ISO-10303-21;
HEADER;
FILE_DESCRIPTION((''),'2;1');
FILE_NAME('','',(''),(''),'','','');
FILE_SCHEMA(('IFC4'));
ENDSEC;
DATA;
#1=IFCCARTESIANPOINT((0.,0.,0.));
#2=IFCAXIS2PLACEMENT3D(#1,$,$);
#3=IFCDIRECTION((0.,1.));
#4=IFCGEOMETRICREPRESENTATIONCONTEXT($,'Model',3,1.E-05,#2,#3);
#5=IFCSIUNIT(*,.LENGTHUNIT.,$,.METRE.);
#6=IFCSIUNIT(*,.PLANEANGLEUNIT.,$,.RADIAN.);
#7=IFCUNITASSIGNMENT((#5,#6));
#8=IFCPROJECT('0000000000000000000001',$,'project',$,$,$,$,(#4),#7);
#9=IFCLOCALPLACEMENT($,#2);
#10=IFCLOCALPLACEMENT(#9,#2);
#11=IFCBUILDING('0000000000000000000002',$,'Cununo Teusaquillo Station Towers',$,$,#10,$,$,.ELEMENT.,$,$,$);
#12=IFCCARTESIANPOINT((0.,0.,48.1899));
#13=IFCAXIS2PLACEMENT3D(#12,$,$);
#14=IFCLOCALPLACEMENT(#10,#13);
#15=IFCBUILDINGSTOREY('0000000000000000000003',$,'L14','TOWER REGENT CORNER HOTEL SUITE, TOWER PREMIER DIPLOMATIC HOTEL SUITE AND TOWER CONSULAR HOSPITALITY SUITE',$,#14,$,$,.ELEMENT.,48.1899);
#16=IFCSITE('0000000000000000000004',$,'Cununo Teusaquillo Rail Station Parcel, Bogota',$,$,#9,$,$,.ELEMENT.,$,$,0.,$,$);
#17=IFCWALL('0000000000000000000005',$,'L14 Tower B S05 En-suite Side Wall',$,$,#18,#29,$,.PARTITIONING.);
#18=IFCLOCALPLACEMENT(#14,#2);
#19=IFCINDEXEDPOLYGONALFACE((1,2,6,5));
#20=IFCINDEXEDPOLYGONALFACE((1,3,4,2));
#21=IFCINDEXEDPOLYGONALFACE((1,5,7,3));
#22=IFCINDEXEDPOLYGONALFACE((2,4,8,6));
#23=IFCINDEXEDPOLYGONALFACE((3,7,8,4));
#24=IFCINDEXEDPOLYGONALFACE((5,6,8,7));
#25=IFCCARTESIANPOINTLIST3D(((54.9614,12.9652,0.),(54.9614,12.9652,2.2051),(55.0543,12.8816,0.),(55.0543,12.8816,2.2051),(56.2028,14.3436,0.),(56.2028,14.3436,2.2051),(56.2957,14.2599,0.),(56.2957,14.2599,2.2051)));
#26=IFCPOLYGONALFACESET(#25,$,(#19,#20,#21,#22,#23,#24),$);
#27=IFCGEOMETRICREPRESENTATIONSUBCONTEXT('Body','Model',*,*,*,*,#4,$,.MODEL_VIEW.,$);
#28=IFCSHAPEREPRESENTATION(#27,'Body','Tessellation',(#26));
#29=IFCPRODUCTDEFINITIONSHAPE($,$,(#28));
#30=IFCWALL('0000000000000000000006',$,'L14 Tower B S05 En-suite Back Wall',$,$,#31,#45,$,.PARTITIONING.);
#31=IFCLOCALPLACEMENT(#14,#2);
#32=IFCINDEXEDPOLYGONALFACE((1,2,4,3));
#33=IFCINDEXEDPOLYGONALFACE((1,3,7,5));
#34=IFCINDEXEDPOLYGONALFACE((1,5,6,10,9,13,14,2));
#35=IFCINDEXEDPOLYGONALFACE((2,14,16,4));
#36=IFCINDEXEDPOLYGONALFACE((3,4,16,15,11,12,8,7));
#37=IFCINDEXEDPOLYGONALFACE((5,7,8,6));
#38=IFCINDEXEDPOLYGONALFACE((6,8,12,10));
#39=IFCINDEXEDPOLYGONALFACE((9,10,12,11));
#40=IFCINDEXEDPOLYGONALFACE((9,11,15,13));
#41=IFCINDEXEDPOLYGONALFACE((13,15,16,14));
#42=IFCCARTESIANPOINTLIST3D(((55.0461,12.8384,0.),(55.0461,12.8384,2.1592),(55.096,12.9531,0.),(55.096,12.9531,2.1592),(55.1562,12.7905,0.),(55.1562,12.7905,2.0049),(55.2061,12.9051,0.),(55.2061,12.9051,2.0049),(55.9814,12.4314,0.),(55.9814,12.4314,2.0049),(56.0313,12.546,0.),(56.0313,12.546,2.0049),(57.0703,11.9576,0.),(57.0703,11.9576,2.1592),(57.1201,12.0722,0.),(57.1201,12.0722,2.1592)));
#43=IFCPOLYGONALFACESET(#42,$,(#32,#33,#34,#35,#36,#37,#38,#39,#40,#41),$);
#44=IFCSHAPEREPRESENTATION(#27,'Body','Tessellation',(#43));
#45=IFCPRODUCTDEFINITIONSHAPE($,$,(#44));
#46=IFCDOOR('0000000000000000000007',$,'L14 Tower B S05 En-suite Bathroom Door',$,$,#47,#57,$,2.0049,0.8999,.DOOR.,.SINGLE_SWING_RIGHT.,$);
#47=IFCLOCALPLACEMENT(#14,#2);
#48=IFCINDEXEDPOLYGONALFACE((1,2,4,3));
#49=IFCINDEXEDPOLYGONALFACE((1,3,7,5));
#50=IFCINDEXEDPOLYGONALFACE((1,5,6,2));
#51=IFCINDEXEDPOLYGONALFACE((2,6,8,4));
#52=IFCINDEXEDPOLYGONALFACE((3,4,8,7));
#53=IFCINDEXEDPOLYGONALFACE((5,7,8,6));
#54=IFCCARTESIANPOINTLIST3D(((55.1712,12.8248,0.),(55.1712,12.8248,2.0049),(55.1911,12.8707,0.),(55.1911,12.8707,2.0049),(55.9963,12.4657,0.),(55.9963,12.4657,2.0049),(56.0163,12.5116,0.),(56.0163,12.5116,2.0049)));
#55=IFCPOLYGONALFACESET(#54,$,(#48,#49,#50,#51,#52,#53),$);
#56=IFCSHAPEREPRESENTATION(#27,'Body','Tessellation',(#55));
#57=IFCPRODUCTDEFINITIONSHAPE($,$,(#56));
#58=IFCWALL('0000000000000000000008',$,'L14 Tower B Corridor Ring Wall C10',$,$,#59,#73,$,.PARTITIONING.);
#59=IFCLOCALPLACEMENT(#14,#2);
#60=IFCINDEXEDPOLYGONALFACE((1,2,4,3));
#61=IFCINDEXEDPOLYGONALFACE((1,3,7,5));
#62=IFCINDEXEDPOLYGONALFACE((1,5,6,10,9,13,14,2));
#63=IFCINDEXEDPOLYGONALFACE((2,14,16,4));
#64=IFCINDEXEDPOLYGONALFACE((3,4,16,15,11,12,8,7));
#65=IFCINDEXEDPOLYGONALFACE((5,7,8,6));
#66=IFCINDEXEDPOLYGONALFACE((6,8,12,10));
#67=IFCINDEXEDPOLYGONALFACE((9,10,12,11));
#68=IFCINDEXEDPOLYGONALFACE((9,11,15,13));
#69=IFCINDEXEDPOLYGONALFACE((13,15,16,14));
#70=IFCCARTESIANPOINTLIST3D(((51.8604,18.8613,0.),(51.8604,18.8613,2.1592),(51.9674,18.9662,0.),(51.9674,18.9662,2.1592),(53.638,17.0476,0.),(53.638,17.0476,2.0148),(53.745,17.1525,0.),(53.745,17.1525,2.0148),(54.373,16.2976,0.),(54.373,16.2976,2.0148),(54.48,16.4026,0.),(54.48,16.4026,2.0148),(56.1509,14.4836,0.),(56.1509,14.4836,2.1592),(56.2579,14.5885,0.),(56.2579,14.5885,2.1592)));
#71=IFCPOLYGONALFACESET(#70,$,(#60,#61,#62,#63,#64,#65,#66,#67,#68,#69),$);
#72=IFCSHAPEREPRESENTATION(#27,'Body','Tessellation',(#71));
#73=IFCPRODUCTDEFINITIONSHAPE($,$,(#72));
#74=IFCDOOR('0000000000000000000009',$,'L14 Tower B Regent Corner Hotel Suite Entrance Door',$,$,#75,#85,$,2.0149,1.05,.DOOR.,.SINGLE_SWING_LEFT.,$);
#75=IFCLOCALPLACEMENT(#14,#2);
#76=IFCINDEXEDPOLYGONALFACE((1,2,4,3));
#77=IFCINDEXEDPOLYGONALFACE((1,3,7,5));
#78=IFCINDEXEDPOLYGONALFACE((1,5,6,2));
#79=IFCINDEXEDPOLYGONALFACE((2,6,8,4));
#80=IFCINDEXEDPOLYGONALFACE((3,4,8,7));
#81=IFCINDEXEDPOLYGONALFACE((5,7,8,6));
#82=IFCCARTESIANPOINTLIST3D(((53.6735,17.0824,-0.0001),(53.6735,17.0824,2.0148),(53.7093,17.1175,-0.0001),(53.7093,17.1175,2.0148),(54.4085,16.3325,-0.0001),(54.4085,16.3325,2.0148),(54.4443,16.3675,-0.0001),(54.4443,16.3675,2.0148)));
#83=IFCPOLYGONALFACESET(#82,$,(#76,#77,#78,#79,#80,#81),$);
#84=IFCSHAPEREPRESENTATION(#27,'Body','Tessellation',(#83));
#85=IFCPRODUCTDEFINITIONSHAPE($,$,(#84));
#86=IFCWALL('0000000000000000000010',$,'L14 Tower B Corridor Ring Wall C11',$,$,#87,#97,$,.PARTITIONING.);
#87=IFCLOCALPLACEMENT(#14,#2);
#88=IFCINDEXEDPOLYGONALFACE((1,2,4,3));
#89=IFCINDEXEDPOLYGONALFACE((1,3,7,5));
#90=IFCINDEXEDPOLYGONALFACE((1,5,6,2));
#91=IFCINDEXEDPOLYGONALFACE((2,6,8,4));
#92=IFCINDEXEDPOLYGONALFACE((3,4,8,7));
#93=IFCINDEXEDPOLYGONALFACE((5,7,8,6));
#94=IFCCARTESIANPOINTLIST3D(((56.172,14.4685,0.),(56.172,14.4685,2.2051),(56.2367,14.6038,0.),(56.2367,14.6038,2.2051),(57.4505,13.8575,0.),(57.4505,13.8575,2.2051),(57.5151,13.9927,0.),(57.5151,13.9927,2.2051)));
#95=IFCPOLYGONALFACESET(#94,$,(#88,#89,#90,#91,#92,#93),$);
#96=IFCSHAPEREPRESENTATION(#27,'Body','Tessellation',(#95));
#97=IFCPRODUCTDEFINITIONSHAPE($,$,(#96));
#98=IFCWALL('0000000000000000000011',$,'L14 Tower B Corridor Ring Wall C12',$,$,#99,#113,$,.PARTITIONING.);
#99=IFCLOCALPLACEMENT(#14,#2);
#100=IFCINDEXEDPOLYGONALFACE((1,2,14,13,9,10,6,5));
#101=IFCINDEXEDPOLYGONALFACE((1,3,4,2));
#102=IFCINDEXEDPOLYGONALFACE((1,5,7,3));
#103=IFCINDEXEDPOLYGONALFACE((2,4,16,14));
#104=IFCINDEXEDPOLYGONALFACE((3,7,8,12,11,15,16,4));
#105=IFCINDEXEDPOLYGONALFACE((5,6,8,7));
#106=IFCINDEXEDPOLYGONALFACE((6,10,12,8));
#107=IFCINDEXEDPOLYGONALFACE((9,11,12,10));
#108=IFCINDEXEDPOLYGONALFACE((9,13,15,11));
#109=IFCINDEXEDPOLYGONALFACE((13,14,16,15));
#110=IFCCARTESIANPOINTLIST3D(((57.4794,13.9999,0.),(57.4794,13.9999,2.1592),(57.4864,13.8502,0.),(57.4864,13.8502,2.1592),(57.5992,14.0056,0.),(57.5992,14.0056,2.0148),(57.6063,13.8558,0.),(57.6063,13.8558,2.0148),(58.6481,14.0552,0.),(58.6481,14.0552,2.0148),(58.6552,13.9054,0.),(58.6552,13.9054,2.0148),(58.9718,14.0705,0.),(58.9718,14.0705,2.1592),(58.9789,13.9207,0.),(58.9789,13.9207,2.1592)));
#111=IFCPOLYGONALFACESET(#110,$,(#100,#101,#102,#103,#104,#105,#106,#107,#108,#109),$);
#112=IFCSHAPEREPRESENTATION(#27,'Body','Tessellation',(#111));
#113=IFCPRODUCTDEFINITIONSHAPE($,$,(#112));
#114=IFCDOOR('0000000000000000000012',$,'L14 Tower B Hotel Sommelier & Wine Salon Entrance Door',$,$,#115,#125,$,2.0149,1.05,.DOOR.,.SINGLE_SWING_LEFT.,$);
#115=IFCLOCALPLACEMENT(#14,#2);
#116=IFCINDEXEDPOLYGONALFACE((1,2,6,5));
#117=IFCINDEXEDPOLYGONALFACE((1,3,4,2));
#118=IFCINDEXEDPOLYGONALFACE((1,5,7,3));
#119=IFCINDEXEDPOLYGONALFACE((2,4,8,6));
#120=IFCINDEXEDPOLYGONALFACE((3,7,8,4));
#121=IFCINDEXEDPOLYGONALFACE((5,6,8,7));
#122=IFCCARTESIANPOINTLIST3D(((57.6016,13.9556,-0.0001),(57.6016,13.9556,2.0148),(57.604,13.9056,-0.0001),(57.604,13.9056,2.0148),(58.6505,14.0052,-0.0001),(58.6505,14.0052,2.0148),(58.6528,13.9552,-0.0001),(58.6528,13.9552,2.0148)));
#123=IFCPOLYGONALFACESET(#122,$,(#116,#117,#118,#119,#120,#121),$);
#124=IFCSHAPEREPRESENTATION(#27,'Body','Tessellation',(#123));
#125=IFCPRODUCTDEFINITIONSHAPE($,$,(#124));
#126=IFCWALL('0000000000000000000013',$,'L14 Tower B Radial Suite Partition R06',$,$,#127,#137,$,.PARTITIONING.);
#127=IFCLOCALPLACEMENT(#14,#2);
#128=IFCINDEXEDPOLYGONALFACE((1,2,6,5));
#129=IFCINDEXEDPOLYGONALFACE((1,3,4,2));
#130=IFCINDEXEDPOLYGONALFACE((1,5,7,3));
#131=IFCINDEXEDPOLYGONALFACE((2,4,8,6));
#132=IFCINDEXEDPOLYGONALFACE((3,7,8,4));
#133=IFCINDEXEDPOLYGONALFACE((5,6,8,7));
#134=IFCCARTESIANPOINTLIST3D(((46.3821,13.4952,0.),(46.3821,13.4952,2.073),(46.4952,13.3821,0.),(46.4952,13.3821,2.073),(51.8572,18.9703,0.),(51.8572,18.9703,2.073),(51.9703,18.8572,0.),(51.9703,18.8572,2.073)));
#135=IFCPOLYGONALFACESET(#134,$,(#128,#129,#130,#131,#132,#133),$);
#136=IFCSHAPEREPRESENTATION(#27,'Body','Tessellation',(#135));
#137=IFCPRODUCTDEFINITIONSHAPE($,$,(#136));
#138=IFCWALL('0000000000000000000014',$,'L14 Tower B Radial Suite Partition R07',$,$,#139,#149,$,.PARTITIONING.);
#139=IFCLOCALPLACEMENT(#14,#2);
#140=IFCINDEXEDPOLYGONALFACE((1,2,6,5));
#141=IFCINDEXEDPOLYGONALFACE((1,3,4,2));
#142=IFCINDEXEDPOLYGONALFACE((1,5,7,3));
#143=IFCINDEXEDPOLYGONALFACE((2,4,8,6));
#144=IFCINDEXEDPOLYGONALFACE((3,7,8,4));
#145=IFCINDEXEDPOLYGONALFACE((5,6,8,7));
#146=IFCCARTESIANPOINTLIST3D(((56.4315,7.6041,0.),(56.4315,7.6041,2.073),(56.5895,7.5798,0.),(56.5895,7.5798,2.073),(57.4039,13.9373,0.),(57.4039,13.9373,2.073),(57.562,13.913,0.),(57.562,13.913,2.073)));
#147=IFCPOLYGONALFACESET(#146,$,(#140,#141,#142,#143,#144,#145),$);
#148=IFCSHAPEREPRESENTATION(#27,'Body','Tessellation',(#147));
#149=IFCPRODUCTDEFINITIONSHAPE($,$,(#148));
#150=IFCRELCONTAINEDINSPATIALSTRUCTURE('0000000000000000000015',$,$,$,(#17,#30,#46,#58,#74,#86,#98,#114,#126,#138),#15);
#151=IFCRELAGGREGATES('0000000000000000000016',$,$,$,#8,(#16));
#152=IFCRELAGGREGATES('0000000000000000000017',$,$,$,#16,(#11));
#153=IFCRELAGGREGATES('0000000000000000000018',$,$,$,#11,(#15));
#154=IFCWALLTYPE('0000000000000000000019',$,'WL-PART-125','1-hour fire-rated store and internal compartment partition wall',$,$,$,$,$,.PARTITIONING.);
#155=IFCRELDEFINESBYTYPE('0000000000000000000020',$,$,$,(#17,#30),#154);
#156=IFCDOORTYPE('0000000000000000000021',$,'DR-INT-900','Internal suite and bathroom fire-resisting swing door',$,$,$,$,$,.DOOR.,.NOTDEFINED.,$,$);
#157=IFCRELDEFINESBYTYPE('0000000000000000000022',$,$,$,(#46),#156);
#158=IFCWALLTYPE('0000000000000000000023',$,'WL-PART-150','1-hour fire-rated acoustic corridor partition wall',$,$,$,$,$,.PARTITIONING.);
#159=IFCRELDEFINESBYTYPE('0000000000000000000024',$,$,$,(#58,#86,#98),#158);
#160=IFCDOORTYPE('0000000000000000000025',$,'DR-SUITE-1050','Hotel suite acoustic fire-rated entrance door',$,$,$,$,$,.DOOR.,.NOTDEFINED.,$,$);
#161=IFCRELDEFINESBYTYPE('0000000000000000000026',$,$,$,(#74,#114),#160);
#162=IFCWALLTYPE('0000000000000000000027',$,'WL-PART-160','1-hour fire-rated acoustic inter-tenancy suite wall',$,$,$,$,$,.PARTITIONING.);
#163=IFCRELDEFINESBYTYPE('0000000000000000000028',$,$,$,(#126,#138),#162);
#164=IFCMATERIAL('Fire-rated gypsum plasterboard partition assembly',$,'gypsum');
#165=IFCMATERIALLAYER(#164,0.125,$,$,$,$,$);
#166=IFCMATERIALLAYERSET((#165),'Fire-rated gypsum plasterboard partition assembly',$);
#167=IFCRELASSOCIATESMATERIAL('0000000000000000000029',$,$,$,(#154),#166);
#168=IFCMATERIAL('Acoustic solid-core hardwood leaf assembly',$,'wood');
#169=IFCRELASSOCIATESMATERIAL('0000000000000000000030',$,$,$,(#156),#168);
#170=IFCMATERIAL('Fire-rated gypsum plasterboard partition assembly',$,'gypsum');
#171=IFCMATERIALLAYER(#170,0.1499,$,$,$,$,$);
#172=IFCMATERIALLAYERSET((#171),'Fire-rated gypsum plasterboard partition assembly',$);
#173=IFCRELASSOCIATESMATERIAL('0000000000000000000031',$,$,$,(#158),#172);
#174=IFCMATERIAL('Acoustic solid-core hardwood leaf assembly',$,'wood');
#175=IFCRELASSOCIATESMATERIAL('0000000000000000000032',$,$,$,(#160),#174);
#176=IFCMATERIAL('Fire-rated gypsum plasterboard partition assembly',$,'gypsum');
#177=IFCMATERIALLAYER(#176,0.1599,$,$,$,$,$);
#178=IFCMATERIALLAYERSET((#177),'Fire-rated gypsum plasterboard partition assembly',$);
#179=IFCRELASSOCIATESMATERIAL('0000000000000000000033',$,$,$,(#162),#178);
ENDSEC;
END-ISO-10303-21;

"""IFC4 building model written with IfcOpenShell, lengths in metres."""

from ifc_helpers import new_model, si_unit, direction, frame, frame_2d, origin, place, context, subcontext, project, spatial, rectangle, extrude, source, transform, mapped, material, layer, layer_set, type_object, element, fill, save


model = new_model("IFC4")

# Units and contexts
model_context = context("Model", 3, precision=1e-05, world=origin(), true_north=direction((0.0, 1.0)))
body_context = subcontext(model_context, "Body", "Model", "MODEL_VIEW")
ifc_project = project(units=[si_unit("LENGTHUNIT", "METRE"), si_unit("PLANEANGLEUNIT", "RADIAN")], contexts=[model_context])

# Site, building, storey
site_placement = place(None, origin())
site = spatial("IfcSite", under=ifc_project, at=site_placement, Name="Cununo Teusaquillo Rail Station Parcel, Bogota", CompositionType="ELEMENT", RefElevation=0.0)
building_placement = place(site_placement, origin())
building = spatial("IfcBuilding", under=site, at=building_placement, Name="Cununo Teusaquillo Station Towers", CompositionType="ELEMENT")
storey_placement = place(building_placement, frame((0.0, 0.0, 48.1899)))
storey = spatial("IfcBuildingStorey", under=building, at=storey_placement, Name="L14", Description="TOWER REGENT CORNER HOTEL SUITE, TOWER PREMIER DIPLOMATIC HOTEL SUITE AND TOWER CONSULAR HOSPITALITY SUITE", CompositionType="ELEMENT", Elevation=48.1899)

# Wall
ifc_material_1 = material(Name="Fire-rated gypsum plasterboard partition assembly", Category="gypsum")
ifc_layer_1 = layer(ifc_material_1, 0.125)
ifc_layer_set_1 = layer_set([ifc_layer_1], Name="Fire-rated gypsum plasterboard partition assembly")
wall_type_1 = type_object("IfcWallType", Name="WL-PART-125", Description="1-hour fire-rated store and internal compartment partition wall", PredefinedType="PARTITIONING", material=ifc_layer_set_1)
wall_1_placement = place(storey_placement, frame((56.2493, 14.3018, 0.0), z_axis=(0.0, 0.0, 1.0), x_axis=(-0.669226, -0.743059, 0.0)))
element("IfcWall", 1, at=wall_1_placement, inside=storey, type_object=wall_type_1, Name="L14 Tower B S05 En-suite Side Wall", PredefinedType="PARTITIONING", context=body_context, shape_type="SweptSolid", body=[
    extrude(rectangle(XDim=1.855, YDim=0.125, at=frame_2d((0.9275, 0.0))), origin(), (0.0, 0.0, 1.0), 2.2051),
])

# Walls, openings, doors
wall_2_placement = place(storey_placement, frame((55.071, 12.8958, 0.0), z_axis=(0.0, 0.0, 1.0), x_axis=(0.91694, -0.399025, 0.0)))
wall_2 = element("IfcWall", 2, at=wall_2_placement, inside=storey, type_object=wall_type_1, Name="L14 Tower B S05 En-suite Back Wall", PredefinedType="PARTITIONING", context=body_context, shape_type="SweptSolid", body=[
    extrude(rectangle(XDim=2.2075, YDim=0.125, at=frame_2d((1.1038, 0.0))), origin(), (0.0, 0.0, 1.0), 2.1592),
])
shared_shape_1 = source(origin(), body_context, "Body", "SweptSolid", [
    extrude(rectangle(XDim=0.8999, YDim=2.0049, at=frame_2d((0.45, 1.0024))), frame((0.0, 0.0725, 0.0), z_axis=(0.0, -1.0, 0.0), x_axis=(1.0, 0.0, 0.0)), (0.0, 0.0, 1.0), 0.145),
])
opening_1_placement = place(wall_2_placement, frame((0.1201, 0.0, 0.0)))
opening_1 = element("IfcOpeningElement", 3, at=opening_1_placement, cuts=wall_2, PredefinedType="OPENING", context=body_context, shape_type="MappedRepresentation", body=[
    mapped(shared_shape_1, transform((0.0, 0.0, 0.0), x_axis=(1.0, 0.0, 0.0), y_axis=(0.0, 1.0, 0.0), z_axis=(0.0, 0.0, 1.0), scale=1.0)),
])
ifc_material_2 = material(Name="Acoustic solid-core hardwood leaf assembly", Category="wood")
door_type_1 = type_object("IfcDoorType", Name="DR-INT-900", Description="Internal suite and bathroom fire-resisting swing door", OperationType="NOTDEFINED", PredefinedType="DOOR", material=ifc_material_2)
shared_shape_2 = source(origin(), body_context, "Body", "SweptSolid", [
    extrude(rectangle(XDim=0.8999, YDim=2.0049, at=frame_2d((0.45, 1.0024))), frame((0.0, 0.0249, 0.0), z_axis=(0.0, -1.0, 0.0), x_axis=(1.0, 0.0, 0.0)), (0.0, 0.0, 1.0), 0.05),
])
door_1_placement = place(opening_1_placement, origin())
door_1 = element("IfcDoor", 4, at=door_1_placement, inside=storey, type_object=door_type_1, Name="L14 Tower B S05 En-suite Bathroom Door", OperationType="SINGLE_SWING_RIGHT", OverallHeight=2.0049, OverallWidth=0.8999, PredefinedType="DOOR", context=body_context, shape_type="MappedRepresentation", body=[
    mapped(shared_shape_2, transform((0.0, 0.0, 0.0), x_axis=(1.0, 0.0, 0.0), y_axis=(0.0, 1.0, 0.0), z_axis=(0.0, 0.0, 1.0), scale=1.0)),
])
fill(opening_1, door_1)
ifc_material_3 = material(Name="Fire-rated gypsum plasterboard partition assembly", Category="gypsum")
ifc_layer_2 = layer(ifc_material_3, 0.1499)
ifc_layer_set_2 = layer_set([ifc_layer_2], Name="Fire-rated gypsum plasterboard partition assembly")
wall_type_2 = type_object("IfcWallType", Name="WL-PART-150", Description="1-hour fire-rated acoustic corridor partition wall", PredefinedType="PARTITIONING", material=ifc_layer_set_2)
wall_3_placement = place(storey_placement, frame((51.9138, 18.9138, 0.0), z_axis=(0.0, 0.0, 1.0), x_axis=(0.699961, -0.714181, 0.0)))
wall_3 = element("IfcWall", 5, at=wall_3_placement, inside=storey, type_object=wall_type_2, Name="L14 Tower B Corridor Ring Wall C10", PredefinedType="PARTITIONING", context=body_context, shape_type="SweptSolid", body=[
    extrude(rectangle(XDim=6.1296, YDim=0.1499, at=frame_2d((3.0649, 0.0))), origin(), (0.0, 0.0, 1.0), 2.1592),
])
shared_shape_3 = source(origin(), body_context, "Body", "SweptSolid", [
    extrude(rectangle(XDim=1.05, YDim=2.0149, at=frame_2d((0.5249, 1.0073))), frame((0.0, 0.085, 0.0), z_axis=(0.0, -1.0, 0.0), x_axis=(1.0, 0.0, 0.0)), (0.0, 0.0, 1.0), 0.1699),
])
opening_2_placement = place(wall_3_placement, frame((2.5398, 0.0, 0.0)))
opening_2 = element("IfcOpeningElement", 6, at=opening_2_placement, cuts=wall_3, PredefinedType="OPENING", context=body_context, shape_type="MappedRepresentation", body=[
    mapped(shared_shape_3, transform((0.0, 0.0, 0.0), x_axis=(1.0, 0.0, 0.0), y_axis=(0.0, 1.0, 0.0), z_axis=(0.0, 0.0, 1.0), scale=1.0)),
])
ifc_material_4 = material(Name="Acoustic solid-core hardwood leaf assembly", Category="wood")
door_type_2 = type_object("IfcDoorType", Name="DR-SUITE-1050", Description="Hotel suite acoustic fire-rated entrance door", OperationType="NOTDEFINED", PredefinedType="DOOR", material=ifc_material_4)
shared_shape_4 = source(origin(), body_context, "Body", "SweptSolid", [
    extrude(rectangle(XDim=1.05, YDim=2.0149, at=frame_2d((0.5249, 1.0073))), frame((0.0, 0.0249, 0.0), z_axis=(0.0, -1.0, 0.0), x_axis=(1.0, 0.0, 0.0)), (0.0, 0.0, 1.0), 0.05),
])
door_2_placement = place(opening_2_placement, origin())
door_2 = element("IfcDoor", 7, at=door_2_placement, inside=storey, type_object=door_type_2, Name="L14 Tower B Regent Corner Hotel Suite Entrance Door", OperationType="SINGLE_SWING_LEFT", OverallHeight=2.0149, OverallWidth=1.05, PredefinedType="DOOR", context=body_context, shape_type="MappedRepresentation", body=[
    mapped(shared_shape_4, transform((0.0, 0.0, 0.0), x_axis=(1.0, 0.0, 0.0), y_axis=(0.0, 1.0, 0.0), z_axis=(0.0, 0.0, 1.0), scale=1.0)),
])
fill(opening_2, door_2)

# Wall
wall_4_placement = place(storey_placement, frame((56.2043, 14.5361, 0.0), z_axis=(0.0, 0.0, 1.0), x_axis=(0.902245, -0.431224, 0.0)))
element("IfcWall", 8, at=wall_4_placement, inside=storey, type_object=wall_type_2, Name="L14 Tower B Corridor Ring Wall C11", PredefinedType="PARTITIONING", context=body_context, shape_type="SweptSolid", body=[
    extrude(rectangle(XDim=1.417, YDim=0.1499, at=frame_2d((0.7085, 0.0))), origin(), (0.0, 0.0, 1.0), 2.2051),
])

# Wall, opening, door
wall_5_placement = place(storey_placement, frame((57.4829, 13.925, 0.0), z_axis=(0.0, 0.0, 1.0), x_axis=(0.998884, 0.047224, 0.0)))
wall_5 = element("IfcWall", 9, at=wall_5_placement, inside=storey, type_object=wall_type_2, Name="L14 Tower B Corridor Ring Wall C12", PredefinedType="PARTITIONING", context=body_context, shape_type="SweptSolid", body=[
    extrude(rectangle(XDim=1.4941, YDim=0.1499, at=frame_2d((0.7471, 0.0))), origin(), (0.0, 0.0, 1.0), 2.1592),
])
opening_3_placement = place(wall_5_placement, frame((0.1201, 0.0, 0.0)))
opening_3 = element("IfcOpeningElement", 10, at=opening_3_placement, cuts=wall_5, PredefinedType="OPENING", context=body_context, shape_type="MappedRepresentation", body=[
    mapped(shared_shape_3, transform((0.0, 0.0, 0.0), x_axis=(1.0, 0.0, 0.0), y_axis=(0.0, 1.0, 0.0), z_axis=(0.0, 0.0, 1.0), scale=1.0)),
])
door_3_placement = place(opening_3_placement, origin())
door_3 = element("IfcDoor", 11, at=door_3_placement, inside=storey, type_object=door_type_2, Name="L14 Tower B Hotel Sommelier & Wine Salon Entrance Door", OperationType="SINGLE_SWING_LEFT", OverallHeight=2.0149, OverallWidth=1.05, PredefinedType="DOOR", context=body_context, shape_type="MappedRepresentation", body=[
    mapped(shared_shape_4, transform((0.0, 0.0, 0.0), x_axis=(1.0, 0.0, 0.0), y_axis=(0.0, 1.0, 0.0), z_axis=(0.0, 0.0, 1.0), scale=1.0)),
])
fill(opening_3, door_3)

# Walls
ifc_material_5 = material(Name="Fire-rated gypsum plasterboard partition assembly", Category="gypsum")
ifc_layer_3 = layer(ifc_material_5, 0.1599)
ifc_layer_set_3 = layer_set([ifc_layer_3], Name="Fire-rated gypsum plasterboard partition assembly")
wall_type_3 = type_object("IfcWallType", Name="WL-PART-160", Description="1-hour fire-rated acoustic inter-tenancy suite wall", PredefinedType="PARTITIONING", material=ifc_layer_set_3)
wall_6_placement = place(storey_placement, frame((51.9138, 18.9138, 0.0), z_axis=(0.0, 0.0, 1.0), x_axis=(-0.707107, -0.707107, 0.0)))
element("IfcWall", 12, at=wall_6_placement, inside=storey, type_object=wall_type_3, Name="L14 Tower B Radial Suite Partition R06", PredefinedType="PARTITIONING", context=body_context, shape_type="SweptSolid", body=[
    extrude(rectangle(XDim=7.7429, YDim=0.1599, at=frame_2d((3.8716, 0.0))), origin(), (0.0, 0.0, 1.0), 2.073),
])
wall_7_placement = place(storey_placement, frame((57.4829, 13.925, 0.0), z_axis=(0.0, 0.0, 1.0), x_axis=(-0.151762, -0.988417, 0.0)))
element("IfcWall", 13, at=wall_7_placement, inside=storey, type_object=wall_type_3, Name="L14 Tower B Radial Suite Partition R07", PredefinedType="PARTITIONING", context=body_context, shape_type="SweptSolid", body=[
    extrude(rectangle(XDim=6.4075, YDim=0.1599, at=frame_2d((3.2036, 0.0))), origin(), (0.0, 0.0, 1.0), 2.073),
])

save(model, "model.ifc")
